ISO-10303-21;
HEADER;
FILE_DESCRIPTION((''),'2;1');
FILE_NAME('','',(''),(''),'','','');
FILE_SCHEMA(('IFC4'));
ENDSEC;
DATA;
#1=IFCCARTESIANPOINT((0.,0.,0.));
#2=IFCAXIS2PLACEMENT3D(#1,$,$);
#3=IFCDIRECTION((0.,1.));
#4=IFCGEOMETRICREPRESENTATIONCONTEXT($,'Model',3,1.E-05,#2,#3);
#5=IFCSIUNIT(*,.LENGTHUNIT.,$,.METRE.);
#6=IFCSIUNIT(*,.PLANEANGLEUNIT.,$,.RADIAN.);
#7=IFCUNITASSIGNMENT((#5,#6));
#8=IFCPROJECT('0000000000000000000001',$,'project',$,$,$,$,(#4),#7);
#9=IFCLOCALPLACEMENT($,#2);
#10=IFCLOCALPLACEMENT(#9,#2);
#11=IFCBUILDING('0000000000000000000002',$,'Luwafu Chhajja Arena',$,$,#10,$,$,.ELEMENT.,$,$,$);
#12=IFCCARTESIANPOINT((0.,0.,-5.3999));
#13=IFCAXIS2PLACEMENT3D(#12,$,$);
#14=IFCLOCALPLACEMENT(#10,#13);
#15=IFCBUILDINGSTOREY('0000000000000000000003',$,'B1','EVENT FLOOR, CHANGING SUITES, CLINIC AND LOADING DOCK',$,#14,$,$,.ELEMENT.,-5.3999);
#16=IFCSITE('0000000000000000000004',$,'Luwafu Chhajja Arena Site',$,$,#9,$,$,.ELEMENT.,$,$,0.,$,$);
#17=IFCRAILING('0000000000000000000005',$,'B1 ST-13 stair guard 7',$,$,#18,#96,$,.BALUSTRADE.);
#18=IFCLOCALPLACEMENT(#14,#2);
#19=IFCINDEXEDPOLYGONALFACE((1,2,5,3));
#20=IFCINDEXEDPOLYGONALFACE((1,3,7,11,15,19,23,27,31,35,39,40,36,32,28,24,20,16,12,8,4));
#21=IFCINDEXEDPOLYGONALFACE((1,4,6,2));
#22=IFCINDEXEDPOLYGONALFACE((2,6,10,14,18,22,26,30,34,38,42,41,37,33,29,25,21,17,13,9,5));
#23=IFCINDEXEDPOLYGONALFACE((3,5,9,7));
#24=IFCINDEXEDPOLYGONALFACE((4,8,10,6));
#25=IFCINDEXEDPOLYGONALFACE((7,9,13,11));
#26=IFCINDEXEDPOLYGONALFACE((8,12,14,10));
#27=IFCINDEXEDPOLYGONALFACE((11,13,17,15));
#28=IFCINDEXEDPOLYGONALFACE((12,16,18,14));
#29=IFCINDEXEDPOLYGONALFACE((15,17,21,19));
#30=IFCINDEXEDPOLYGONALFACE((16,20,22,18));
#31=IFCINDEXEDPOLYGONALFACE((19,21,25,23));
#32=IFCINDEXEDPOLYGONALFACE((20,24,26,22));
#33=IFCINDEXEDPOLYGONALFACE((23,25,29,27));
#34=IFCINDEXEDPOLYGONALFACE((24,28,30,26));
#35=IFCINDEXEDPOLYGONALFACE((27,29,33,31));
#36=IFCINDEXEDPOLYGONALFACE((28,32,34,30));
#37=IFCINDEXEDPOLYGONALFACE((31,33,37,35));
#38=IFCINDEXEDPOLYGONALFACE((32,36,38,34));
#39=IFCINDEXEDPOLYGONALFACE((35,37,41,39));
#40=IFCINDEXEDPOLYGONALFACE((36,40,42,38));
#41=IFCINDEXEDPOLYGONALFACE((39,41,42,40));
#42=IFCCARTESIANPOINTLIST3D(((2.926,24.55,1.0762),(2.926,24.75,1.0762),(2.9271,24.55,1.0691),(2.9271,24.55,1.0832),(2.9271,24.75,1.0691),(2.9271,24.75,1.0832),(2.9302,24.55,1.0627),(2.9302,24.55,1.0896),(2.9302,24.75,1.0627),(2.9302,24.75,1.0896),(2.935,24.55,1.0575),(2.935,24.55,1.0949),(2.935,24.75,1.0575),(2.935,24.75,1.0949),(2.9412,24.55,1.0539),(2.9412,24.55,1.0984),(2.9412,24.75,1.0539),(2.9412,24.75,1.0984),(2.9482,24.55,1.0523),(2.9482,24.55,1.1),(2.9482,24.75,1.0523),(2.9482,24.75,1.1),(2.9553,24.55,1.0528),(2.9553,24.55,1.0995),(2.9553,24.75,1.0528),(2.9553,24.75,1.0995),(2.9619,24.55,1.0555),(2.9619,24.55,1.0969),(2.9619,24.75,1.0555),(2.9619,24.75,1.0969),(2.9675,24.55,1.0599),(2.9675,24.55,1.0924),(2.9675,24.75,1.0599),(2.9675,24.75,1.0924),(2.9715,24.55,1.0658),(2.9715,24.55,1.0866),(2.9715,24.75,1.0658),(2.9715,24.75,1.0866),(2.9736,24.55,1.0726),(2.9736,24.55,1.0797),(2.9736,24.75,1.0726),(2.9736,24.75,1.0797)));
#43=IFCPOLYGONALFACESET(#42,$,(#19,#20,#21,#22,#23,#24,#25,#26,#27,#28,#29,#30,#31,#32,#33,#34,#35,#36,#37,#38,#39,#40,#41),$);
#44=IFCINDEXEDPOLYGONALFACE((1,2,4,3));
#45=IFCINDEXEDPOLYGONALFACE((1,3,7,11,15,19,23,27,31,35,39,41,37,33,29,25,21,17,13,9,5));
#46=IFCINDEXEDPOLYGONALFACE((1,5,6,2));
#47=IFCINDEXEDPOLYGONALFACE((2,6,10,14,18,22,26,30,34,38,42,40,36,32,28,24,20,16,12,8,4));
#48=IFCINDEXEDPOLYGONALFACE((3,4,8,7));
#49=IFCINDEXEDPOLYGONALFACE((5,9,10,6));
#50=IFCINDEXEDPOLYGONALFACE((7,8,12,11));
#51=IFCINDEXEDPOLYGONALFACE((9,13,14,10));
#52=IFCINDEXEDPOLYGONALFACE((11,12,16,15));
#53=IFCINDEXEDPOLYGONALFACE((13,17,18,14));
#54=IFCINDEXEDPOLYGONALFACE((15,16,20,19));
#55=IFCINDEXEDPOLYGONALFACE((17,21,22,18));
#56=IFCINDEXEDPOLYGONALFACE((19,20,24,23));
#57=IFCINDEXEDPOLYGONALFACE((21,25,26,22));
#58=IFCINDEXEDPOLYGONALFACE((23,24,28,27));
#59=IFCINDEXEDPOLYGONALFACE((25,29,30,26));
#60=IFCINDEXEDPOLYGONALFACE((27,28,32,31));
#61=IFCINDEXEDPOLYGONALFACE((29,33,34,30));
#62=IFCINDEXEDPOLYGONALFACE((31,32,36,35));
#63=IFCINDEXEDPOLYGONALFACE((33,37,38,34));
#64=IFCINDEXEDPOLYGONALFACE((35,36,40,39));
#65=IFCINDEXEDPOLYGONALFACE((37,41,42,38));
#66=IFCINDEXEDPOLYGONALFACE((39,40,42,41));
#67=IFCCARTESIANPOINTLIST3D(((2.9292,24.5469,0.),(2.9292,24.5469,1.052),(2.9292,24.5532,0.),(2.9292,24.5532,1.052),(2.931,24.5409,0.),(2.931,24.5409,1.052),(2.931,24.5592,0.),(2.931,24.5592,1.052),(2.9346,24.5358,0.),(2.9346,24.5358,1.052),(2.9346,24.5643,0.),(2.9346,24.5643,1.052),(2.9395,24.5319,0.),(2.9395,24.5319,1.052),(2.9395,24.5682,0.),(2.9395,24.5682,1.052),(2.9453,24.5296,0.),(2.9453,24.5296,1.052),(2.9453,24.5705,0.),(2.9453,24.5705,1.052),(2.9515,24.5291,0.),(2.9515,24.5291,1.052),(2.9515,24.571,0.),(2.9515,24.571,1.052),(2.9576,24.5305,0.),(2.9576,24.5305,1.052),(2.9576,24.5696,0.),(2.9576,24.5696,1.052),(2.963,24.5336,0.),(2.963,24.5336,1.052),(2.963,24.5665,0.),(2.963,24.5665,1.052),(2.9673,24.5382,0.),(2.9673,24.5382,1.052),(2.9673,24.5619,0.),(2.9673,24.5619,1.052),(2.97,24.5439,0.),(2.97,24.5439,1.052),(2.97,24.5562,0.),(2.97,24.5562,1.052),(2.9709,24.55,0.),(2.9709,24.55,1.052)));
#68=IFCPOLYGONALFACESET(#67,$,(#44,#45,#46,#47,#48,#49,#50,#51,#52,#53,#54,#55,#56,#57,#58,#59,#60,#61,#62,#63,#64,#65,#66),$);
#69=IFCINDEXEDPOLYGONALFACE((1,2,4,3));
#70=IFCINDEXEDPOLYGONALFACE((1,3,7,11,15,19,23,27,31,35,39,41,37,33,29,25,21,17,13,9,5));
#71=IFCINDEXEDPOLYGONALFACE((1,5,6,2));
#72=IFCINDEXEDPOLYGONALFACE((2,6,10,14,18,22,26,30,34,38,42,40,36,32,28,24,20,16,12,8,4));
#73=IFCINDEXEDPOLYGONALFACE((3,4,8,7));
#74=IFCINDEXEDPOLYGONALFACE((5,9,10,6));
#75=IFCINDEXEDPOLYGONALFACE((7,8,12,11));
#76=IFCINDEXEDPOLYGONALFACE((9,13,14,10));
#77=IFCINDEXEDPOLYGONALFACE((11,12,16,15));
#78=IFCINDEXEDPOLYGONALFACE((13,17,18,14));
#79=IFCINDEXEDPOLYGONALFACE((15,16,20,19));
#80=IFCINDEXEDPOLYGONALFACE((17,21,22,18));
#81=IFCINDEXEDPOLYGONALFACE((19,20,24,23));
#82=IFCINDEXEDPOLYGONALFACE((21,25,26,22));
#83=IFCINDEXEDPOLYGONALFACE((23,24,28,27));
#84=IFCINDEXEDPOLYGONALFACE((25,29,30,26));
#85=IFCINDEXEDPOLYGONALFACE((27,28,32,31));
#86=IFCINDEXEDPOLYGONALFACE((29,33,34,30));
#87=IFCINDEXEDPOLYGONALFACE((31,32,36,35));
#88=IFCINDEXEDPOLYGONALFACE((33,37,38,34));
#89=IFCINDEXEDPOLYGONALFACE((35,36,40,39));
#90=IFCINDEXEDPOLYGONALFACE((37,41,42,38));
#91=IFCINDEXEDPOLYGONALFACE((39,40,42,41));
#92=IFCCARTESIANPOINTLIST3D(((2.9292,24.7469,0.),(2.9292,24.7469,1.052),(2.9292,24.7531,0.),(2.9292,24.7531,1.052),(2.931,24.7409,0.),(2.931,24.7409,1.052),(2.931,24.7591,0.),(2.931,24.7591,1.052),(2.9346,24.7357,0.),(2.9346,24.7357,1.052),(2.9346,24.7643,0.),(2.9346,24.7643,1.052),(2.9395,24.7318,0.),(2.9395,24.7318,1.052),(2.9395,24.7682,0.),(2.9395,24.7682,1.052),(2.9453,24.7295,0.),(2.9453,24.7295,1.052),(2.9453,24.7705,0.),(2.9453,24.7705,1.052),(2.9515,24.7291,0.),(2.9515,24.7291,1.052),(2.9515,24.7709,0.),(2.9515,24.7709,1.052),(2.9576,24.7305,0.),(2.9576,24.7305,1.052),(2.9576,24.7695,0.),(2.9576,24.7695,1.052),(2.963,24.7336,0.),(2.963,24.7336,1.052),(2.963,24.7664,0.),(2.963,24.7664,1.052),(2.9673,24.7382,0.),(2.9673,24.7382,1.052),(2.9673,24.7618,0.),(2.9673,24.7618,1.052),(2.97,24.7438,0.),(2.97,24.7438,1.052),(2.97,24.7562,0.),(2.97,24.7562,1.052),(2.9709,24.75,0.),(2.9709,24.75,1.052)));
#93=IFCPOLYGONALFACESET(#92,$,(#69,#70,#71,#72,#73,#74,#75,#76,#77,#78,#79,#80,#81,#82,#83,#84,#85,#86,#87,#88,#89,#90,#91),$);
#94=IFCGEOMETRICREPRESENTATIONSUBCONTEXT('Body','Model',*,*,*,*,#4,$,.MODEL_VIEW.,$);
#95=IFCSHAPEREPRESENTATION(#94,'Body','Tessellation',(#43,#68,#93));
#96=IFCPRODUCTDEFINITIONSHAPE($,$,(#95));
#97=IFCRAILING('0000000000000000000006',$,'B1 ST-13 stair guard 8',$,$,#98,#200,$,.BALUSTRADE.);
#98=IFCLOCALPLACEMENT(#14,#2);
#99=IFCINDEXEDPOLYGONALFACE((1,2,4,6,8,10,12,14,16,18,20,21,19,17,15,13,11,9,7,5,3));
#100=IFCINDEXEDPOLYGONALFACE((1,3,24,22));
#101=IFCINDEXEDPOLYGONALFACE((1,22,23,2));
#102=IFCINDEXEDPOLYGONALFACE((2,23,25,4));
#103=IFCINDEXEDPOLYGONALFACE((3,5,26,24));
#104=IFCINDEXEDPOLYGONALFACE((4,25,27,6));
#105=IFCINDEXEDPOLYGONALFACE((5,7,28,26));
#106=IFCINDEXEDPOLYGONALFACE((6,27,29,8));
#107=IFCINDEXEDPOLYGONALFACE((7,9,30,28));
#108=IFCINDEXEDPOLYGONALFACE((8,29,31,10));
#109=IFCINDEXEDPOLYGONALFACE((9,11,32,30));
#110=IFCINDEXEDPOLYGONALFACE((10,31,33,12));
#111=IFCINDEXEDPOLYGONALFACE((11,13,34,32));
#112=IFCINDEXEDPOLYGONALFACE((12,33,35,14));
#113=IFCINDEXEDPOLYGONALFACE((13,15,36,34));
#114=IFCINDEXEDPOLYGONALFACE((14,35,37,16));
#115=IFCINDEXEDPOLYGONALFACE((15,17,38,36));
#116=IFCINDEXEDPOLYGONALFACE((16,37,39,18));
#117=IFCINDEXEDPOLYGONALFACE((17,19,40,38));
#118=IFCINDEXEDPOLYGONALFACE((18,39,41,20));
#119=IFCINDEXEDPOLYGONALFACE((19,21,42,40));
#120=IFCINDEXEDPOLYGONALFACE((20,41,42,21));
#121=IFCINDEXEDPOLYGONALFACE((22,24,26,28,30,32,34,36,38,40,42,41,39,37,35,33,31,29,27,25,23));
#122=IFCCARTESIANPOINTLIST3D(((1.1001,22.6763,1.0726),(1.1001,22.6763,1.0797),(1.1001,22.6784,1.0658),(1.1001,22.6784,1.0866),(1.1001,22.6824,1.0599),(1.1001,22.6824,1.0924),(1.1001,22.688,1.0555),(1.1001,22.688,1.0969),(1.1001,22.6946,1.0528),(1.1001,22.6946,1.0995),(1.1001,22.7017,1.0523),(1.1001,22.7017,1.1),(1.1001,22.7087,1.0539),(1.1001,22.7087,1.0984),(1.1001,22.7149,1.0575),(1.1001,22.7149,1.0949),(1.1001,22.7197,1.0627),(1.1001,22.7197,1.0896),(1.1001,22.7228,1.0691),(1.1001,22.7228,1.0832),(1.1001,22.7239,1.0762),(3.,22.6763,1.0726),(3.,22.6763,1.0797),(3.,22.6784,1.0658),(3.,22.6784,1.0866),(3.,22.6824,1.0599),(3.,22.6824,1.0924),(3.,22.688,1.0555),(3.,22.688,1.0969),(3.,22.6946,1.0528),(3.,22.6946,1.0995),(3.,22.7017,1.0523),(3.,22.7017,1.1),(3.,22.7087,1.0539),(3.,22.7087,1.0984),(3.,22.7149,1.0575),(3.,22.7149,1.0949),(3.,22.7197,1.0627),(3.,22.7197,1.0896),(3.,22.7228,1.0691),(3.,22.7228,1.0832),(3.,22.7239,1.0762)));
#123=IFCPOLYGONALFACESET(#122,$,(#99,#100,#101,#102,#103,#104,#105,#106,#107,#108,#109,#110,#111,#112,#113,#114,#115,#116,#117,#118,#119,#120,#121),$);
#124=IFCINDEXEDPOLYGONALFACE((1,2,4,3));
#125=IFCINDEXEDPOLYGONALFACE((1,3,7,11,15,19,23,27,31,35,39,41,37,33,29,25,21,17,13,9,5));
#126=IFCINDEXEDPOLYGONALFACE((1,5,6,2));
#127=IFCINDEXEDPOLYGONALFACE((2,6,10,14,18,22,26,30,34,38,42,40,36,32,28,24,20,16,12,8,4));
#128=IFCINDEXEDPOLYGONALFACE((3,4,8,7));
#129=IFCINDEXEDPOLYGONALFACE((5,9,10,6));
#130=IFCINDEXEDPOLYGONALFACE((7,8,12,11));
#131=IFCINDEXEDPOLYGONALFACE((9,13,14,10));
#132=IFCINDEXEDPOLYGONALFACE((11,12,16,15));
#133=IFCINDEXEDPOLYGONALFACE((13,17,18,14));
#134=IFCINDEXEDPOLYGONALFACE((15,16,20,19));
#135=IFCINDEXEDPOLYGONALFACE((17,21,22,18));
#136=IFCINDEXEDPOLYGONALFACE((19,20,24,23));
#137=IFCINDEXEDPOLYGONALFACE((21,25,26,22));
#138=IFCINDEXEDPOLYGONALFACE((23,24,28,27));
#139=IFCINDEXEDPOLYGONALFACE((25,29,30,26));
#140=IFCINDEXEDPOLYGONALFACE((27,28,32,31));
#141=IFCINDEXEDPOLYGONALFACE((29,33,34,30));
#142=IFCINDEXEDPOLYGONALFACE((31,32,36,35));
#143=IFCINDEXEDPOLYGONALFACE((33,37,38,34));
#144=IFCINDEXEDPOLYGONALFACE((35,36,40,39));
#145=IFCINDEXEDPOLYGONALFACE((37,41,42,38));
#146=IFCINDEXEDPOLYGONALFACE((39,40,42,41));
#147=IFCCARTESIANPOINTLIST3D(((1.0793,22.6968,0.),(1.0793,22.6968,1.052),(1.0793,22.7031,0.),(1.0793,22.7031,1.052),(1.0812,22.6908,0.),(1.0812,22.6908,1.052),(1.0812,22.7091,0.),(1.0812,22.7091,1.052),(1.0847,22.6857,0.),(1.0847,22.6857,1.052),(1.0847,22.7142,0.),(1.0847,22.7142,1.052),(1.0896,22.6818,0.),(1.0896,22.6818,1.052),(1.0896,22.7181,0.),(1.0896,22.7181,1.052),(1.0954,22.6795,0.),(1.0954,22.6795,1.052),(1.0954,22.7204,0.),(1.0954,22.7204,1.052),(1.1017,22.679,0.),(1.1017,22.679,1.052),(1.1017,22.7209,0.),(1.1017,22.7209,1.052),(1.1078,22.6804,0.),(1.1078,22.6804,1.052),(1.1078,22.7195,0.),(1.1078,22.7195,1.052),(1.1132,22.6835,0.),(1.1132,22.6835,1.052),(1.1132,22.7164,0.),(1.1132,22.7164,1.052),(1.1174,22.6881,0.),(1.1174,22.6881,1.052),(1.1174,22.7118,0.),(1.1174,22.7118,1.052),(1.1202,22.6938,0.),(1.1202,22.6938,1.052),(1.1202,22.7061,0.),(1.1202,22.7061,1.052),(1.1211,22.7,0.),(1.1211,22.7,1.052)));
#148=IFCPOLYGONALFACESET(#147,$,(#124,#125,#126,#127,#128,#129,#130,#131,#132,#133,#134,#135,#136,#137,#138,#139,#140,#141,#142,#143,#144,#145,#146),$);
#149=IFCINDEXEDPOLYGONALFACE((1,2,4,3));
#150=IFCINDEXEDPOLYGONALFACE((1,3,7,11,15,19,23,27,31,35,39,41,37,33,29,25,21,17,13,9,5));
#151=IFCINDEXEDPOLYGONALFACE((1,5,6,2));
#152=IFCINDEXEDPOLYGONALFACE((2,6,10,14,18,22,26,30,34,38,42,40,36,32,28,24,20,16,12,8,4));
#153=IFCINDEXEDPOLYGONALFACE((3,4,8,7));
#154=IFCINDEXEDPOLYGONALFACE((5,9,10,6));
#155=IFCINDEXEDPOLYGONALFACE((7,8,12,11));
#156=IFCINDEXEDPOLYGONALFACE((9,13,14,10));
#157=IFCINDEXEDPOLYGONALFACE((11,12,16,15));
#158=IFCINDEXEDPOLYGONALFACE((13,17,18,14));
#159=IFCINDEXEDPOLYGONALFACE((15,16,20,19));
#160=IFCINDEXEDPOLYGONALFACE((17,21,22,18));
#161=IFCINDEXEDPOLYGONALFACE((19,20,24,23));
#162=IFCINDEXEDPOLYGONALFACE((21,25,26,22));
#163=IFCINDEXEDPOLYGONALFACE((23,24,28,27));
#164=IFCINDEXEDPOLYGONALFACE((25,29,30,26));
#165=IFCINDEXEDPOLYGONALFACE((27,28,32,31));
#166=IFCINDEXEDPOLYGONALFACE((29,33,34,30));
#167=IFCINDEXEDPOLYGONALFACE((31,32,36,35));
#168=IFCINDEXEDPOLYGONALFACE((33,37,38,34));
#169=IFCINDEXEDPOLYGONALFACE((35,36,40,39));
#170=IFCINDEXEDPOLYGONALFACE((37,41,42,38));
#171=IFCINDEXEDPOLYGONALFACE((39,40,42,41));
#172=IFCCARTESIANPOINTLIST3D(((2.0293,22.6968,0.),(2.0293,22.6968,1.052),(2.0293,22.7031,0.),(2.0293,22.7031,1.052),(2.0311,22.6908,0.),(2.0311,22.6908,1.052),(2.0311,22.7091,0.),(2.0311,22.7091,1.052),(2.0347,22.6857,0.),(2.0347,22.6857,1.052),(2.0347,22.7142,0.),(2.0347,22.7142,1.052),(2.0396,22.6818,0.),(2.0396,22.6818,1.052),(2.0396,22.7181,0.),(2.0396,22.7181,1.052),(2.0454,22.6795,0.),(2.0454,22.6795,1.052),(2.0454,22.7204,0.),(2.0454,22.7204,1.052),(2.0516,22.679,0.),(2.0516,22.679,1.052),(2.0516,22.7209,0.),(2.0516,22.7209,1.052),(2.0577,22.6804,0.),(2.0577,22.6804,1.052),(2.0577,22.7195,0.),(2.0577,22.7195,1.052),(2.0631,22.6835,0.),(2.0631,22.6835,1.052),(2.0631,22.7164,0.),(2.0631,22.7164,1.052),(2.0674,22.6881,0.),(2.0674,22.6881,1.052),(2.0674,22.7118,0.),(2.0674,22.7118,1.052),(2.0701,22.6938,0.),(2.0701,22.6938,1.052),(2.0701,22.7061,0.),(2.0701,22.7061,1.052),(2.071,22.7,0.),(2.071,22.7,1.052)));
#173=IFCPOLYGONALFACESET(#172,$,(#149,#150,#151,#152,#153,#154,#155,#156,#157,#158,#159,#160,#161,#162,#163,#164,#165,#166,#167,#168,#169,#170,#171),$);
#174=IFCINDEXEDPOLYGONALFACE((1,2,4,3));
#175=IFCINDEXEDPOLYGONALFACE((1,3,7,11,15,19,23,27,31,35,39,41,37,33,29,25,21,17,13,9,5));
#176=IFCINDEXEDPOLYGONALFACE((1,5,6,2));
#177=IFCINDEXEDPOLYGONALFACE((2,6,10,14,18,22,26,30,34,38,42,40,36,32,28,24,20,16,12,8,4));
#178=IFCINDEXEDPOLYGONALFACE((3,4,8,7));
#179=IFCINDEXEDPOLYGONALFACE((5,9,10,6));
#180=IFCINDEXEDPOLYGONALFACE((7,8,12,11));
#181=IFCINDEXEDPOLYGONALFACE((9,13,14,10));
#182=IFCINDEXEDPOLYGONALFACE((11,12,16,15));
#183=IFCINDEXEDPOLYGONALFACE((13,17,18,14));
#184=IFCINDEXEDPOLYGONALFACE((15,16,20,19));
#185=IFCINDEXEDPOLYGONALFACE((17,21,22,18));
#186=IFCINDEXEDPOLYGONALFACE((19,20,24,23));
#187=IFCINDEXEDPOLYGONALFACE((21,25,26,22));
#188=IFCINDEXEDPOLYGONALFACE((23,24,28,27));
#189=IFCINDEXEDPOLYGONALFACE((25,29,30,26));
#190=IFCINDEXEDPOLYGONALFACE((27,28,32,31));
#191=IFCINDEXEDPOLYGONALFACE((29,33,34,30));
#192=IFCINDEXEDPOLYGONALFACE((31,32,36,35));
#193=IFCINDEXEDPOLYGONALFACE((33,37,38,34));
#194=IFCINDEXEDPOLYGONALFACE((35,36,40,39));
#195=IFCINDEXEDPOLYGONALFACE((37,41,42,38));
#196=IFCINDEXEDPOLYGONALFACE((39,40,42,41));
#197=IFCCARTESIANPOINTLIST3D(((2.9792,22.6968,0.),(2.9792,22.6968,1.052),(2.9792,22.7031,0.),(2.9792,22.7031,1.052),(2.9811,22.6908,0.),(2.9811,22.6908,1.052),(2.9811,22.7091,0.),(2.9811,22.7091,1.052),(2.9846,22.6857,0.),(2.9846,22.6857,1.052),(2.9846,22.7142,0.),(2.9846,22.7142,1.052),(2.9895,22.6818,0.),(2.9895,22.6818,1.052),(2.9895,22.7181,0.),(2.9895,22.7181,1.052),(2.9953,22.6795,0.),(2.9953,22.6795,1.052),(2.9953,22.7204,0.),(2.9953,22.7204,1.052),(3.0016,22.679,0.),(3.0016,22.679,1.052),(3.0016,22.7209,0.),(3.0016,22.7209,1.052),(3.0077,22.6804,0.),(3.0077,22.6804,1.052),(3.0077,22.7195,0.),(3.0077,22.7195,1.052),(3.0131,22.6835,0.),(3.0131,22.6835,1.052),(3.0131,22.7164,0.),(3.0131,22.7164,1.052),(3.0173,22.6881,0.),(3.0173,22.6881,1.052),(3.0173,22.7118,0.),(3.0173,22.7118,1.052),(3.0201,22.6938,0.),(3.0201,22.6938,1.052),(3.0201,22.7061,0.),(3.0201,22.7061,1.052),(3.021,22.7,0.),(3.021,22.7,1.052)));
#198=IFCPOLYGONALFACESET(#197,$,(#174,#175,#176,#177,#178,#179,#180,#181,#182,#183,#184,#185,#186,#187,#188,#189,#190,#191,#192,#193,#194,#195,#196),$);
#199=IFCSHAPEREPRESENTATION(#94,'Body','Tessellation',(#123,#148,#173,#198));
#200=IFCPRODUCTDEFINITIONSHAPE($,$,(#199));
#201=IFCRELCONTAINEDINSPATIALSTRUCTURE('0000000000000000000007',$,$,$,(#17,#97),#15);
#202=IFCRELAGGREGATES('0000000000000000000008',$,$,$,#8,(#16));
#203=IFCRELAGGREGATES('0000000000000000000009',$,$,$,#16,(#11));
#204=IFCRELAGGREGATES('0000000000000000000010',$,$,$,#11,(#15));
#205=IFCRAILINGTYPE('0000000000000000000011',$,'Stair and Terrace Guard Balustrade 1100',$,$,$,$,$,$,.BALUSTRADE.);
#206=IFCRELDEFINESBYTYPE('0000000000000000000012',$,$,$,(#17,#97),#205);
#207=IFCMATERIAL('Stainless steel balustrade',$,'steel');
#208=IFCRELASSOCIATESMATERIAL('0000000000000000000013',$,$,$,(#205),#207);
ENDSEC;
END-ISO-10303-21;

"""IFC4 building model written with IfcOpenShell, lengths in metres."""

from ifc_helpers import new_model, si_unit, direction, frame, origin, origin_2d, place, context, subcontext, project, spatial, circle, extrude, material, type_object, element, save


model = new_model("IFC4")

# Units and contexts
model_context = context("Model", 3, precision=1e-05, world=origin(), true_north=direction((0.0, 1.0)))
body_context = subcontext(model_context, "Body", "Model", "MODEL_VIEW")
ifc_project = project(units=[si_unit("LENGTHUNIT", "METRE"), si_unit("PLANEANGLEUNIT", "RADIAN")], contexts=[model_context])

# Site, building, storey
site_placement = place(None, origin())
site = spatial("IfcSite", under=ifc_project, at=site_placement, Name="Luwafu Chhajja Arena Site", CompositionType="ELEMENT", RefElevation=0.0)
building_placement = place(site_placement, origin())
building = spatial("IfcBuilding", under=site, at=building_placement, Name="Luwafu Chhajja Arena", CompositionType="ELEMENT")
storey_placement = place(building_placement, frame((0.0, 0.0, -5.3999)))
storey = spatial("IfcBuildingStorey", under=building, at=storey_placement, Name="B1", Description="EVENT FLOOR, CHANGING SUITES, CLINIC AND LOADING DOCK", CompositionType="ELEMENT", Elevation=-5.3999)

# Railings
ifc_material_1 = material(Name="Stainless steel balustrade", Category="steel")
railing_type_1 = type_object("IfcRailingType", Name="Stair and Terrace Guard Balustrade 1100", PredefinedType="BALUSTRADE", material=ifc_material_1)
railing_1_placement = place(storey_placement, frame((2.95, 24.55, 0.0)))
element("IfcRailing", 1, at=railing_1_placement, inside=storey, type_object=railing_type_1, Name="B1 ST-13 stair guard 7", PredefinedType="BALUSTRADE", context=body_context, shape_type="SweptSolid", body=[
    extrude(circle(Radius=0.0239, at=origin_2d()), frame((0.0, 0.0, 1.0762), z_axis=(0.0, 1.0, 0.0), x_axis=(-1.0, 0.0, 0.0)), (0.0, 0.0, 1.0), 0.2),
    extrude(circle(Radius=0.021, at=origin_2d()), origin(), (0.0, 0.0, 1.0), 1.052),
    extrude(circle(Radius=0.021, at=origin_2d()), frame((0.0, 0.2, 0.0)), (0.0, 0.0, 1.0), 1.052),
])
for number, where, name in (
    (2, (1.1001, 22.7, 0.0), "B1 ST-13 stair guard 8"),
):
    element("IfcRailing", number, at=place(storey_placement, frame(where)), inside=storey, type_object=railing_type_1, Name=name, PredefinedType="BALUSTRADE", context=body_context, shape_type="SweptSolid", body=[
        extrude(circle(Radius=0.0239, at=origin_2d()), frame((0.0, 0.0, 1.0762), z_axis=(1.0, 0.0, 0.0), x_axis=(0.0, 1.0, 0.0)), (0.0, 0.0, 1.0), 1.8999),
        extrude(circle(Radius=0.021, at=origin_2d()), origin(), (0.0, 0.0, 1.0), 1.052),
        extrude(circle(Radius=0.021, at=origin_2d()), frame((0.95, 0.0, 0.0)), (0.0, 0.0, 1.0), 1.052),
        extrude(circle(Radius=0.021, at=origin_2d()), frame((1.8999, 0.0, 0.0)), (0.0, 0.0, 1.0), 1.052),
    ])

save(model, "model.ifc")
